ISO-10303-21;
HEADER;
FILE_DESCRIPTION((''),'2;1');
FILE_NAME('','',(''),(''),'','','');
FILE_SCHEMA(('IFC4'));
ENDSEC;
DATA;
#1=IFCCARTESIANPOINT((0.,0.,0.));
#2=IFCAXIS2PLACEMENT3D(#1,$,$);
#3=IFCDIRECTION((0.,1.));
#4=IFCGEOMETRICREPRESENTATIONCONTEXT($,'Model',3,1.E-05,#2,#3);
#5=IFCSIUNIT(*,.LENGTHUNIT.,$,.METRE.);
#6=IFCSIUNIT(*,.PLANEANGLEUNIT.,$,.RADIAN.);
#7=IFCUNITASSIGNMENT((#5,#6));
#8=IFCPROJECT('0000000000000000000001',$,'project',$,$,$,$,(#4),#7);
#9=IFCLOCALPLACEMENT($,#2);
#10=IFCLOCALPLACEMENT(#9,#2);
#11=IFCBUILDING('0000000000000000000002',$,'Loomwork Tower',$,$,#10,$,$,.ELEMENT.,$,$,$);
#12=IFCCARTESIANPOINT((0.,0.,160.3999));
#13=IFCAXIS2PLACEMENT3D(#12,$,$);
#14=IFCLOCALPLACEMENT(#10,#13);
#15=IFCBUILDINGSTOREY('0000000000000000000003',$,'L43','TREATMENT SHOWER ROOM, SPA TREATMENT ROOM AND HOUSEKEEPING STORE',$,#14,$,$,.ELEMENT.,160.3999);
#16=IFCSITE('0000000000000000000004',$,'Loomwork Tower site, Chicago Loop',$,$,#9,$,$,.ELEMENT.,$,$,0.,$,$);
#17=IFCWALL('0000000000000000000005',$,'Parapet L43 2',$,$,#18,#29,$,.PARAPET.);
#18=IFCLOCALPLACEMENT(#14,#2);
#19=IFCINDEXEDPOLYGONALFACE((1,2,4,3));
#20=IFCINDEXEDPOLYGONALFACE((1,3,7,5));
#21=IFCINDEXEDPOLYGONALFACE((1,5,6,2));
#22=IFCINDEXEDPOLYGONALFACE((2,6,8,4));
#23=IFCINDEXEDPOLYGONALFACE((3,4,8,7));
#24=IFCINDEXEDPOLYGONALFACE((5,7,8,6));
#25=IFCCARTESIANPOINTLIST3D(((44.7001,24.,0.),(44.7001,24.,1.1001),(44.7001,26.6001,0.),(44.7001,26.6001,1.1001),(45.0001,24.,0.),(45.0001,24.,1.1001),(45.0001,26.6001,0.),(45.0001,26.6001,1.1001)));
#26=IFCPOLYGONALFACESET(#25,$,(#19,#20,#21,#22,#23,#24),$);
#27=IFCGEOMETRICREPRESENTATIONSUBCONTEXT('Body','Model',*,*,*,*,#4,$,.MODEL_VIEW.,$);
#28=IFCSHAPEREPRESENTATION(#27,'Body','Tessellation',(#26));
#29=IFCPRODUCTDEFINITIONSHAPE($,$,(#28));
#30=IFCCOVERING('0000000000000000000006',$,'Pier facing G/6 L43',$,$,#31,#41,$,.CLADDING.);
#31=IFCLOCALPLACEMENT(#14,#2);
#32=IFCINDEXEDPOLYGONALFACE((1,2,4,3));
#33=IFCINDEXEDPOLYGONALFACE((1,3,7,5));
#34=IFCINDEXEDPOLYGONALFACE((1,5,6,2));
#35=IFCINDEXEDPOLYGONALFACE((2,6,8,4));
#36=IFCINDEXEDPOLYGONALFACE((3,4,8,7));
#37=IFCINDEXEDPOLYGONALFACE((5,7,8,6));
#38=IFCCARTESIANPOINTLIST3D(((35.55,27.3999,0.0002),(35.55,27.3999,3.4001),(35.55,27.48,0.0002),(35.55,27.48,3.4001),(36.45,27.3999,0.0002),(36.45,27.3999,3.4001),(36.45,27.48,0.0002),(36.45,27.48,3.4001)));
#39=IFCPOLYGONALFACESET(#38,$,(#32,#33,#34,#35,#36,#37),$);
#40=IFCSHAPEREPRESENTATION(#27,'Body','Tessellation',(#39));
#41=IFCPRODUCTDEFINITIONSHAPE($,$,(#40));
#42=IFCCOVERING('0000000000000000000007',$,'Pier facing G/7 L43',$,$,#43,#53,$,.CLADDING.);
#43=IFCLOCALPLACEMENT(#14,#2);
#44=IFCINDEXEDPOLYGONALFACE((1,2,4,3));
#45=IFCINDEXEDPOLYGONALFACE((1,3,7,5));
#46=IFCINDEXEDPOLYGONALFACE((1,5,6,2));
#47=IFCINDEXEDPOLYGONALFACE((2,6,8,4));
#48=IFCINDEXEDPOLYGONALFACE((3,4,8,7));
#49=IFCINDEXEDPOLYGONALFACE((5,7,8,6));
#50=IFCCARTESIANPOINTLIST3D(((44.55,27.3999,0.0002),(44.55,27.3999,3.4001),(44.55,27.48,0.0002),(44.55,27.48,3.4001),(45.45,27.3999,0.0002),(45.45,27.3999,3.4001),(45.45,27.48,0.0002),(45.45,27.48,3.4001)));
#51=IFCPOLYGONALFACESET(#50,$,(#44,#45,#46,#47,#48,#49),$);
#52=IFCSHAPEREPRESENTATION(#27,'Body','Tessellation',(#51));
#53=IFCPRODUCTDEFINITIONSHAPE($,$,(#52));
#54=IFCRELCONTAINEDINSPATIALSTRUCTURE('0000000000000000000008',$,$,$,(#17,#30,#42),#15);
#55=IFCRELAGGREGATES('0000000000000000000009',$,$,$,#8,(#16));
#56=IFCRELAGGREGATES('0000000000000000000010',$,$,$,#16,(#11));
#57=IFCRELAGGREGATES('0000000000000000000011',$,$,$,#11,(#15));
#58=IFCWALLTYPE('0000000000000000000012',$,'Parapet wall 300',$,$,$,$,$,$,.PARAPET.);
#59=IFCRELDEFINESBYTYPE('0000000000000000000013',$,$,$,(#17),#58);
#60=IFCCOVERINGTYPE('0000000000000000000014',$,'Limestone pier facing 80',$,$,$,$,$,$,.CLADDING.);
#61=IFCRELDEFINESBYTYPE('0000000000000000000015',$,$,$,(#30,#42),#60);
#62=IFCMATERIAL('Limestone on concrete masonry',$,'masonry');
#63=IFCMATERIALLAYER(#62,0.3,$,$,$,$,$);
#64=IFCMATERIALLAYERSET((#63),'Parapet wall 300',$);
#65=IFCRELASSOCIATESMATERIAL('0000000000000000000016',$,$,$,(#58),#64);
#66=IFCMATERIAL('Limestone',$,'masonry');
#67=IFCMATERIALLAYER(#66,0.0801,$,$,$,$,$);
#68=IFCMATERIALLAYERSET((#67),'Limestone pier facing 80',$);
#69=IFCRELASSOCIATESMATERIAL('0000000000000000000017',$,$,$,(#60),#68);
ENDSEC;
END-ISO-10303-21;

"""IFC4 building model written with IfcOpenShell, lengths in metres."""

from ifc_helpers import new_model, si_unit, direction, frame, frame_2d, origin, origin_2d, place, context, subcontext, project, spatial, rectangle, extrude, material, layer, layer_set, type_object, element, save


model = new_model("IFC4")

# Units and contexts
model_context = context("Model", 3, precision=1e-05, world=origin(), true_north=direction((0.0, 1.0)))
body_context = subcontext(model_context, "Body", "Model", "MODEL_VIEW")
ifc_project = project(units=[si_unit("LENGTHUNIT", "METRE"), si_unit("PLANEANGLEUNIT", "RADIAN")], contexts=[model_context])

# Site, building, storey
site_placement = place(None, origin())
site = spatial("IfcSite", under=ifc_project, at=site_placement, Name="Loomwork Tower site, Chicago Loop", CompositionType="ELEMENT", RefElevation=0.0)
building_placement = place(site_placement, origin())
building = spatial("IfcBuilding", under=site, at=building_placement, Name="Loomwork Tower", CompositionType="ELEMENT")
storey_placement = place(building_placement, frame((0.0, 0.0, 160.3999)))
storey = spatial("IfcBuildingStorey", under=building, at=storey_placement, Name="L43", Description="TREATMENT SHOWER ROOM, SPA TREATMENT ROOM AND HOUSEKEEPING STORE", CompositionType="ELEMENT", Elevation=160.3999)

# Wall
ifc_material_1 = material(Name="Limestone on concrete masonry", Category="masonry")
ifc_layer_1 = layer(ifc_material_1, 0.3)
ifc_layer_set_1 = layer_set([ifc_layer_1], Name="Parapet wall 300")
wall_type_1 = type_object("IfcWallType", Name="Parapet wall 300", PredefinedType="PARAPET", material=ifc_layer_set_1)
wall_1_placement = place(storey_placement, frame((44.8501, 26.6001, 0.0), z_axis=(0.0, 0.0, 1.0), x_axis=(0.0, -1.0, 0.0)))
element("IfcWall", 1, at=wall_1_placement, inside=storey, type_object=wall_type_1, Name="Parapet L43 2", PredefinedType="PARAPET", context=body_context, shape_type="SweptSolid", body=[
    extrude(rectangle(XDim=2.6001, YDim=0.3, at=frame_2d((1.3, 0.0))), origin(), (0.0, 0.0, 1.0), 1.1001),
])

# Coverings
ifc_material_2 = material(Name="Limestone", Category="masonry")
ifc_layer_2 = layer(ifc_material_2, 0.0801)
ifc_layer_set_2 = layer_set([ifc_layer_2], Name="Limestone pier facing 80")
covering_type = type_object("IfcCoveringType", Name="Limestone pier facing 80", PredefinedType="CLADDING", material=ifc_layer_set_2)
for number, where, z_axis, x_axis, name in (
    (2, (36.0, 27.4399, 0.0002), (0.0, 0.0, 1.0), (1.0, 0.0, 0.0), "Pier facing G/6 L43"),
    (3, (45.0, 27.4399, 0.0002), (0.0, 0.0, 1.0), (1.0, 0.0, 0.0), "Pier facing G/7 L43"),
):
    element("IfcCovering", number, at=place(storey_placement, frame(where, z_axis=z_axis, x_axis=x_axis)), inside=storey, type_object=covering_type, Name=name, PredefinedType="CLADDING", context=body_context, shape_type="SweptSolid", body=[
        extrude(rectangle(XDim=0.8999, YDim=0.0801, at=origin_2d()), origin(), (0.0, 0.0, 1.0), 3.3999),
    ])

save(model, "model.ifc")
